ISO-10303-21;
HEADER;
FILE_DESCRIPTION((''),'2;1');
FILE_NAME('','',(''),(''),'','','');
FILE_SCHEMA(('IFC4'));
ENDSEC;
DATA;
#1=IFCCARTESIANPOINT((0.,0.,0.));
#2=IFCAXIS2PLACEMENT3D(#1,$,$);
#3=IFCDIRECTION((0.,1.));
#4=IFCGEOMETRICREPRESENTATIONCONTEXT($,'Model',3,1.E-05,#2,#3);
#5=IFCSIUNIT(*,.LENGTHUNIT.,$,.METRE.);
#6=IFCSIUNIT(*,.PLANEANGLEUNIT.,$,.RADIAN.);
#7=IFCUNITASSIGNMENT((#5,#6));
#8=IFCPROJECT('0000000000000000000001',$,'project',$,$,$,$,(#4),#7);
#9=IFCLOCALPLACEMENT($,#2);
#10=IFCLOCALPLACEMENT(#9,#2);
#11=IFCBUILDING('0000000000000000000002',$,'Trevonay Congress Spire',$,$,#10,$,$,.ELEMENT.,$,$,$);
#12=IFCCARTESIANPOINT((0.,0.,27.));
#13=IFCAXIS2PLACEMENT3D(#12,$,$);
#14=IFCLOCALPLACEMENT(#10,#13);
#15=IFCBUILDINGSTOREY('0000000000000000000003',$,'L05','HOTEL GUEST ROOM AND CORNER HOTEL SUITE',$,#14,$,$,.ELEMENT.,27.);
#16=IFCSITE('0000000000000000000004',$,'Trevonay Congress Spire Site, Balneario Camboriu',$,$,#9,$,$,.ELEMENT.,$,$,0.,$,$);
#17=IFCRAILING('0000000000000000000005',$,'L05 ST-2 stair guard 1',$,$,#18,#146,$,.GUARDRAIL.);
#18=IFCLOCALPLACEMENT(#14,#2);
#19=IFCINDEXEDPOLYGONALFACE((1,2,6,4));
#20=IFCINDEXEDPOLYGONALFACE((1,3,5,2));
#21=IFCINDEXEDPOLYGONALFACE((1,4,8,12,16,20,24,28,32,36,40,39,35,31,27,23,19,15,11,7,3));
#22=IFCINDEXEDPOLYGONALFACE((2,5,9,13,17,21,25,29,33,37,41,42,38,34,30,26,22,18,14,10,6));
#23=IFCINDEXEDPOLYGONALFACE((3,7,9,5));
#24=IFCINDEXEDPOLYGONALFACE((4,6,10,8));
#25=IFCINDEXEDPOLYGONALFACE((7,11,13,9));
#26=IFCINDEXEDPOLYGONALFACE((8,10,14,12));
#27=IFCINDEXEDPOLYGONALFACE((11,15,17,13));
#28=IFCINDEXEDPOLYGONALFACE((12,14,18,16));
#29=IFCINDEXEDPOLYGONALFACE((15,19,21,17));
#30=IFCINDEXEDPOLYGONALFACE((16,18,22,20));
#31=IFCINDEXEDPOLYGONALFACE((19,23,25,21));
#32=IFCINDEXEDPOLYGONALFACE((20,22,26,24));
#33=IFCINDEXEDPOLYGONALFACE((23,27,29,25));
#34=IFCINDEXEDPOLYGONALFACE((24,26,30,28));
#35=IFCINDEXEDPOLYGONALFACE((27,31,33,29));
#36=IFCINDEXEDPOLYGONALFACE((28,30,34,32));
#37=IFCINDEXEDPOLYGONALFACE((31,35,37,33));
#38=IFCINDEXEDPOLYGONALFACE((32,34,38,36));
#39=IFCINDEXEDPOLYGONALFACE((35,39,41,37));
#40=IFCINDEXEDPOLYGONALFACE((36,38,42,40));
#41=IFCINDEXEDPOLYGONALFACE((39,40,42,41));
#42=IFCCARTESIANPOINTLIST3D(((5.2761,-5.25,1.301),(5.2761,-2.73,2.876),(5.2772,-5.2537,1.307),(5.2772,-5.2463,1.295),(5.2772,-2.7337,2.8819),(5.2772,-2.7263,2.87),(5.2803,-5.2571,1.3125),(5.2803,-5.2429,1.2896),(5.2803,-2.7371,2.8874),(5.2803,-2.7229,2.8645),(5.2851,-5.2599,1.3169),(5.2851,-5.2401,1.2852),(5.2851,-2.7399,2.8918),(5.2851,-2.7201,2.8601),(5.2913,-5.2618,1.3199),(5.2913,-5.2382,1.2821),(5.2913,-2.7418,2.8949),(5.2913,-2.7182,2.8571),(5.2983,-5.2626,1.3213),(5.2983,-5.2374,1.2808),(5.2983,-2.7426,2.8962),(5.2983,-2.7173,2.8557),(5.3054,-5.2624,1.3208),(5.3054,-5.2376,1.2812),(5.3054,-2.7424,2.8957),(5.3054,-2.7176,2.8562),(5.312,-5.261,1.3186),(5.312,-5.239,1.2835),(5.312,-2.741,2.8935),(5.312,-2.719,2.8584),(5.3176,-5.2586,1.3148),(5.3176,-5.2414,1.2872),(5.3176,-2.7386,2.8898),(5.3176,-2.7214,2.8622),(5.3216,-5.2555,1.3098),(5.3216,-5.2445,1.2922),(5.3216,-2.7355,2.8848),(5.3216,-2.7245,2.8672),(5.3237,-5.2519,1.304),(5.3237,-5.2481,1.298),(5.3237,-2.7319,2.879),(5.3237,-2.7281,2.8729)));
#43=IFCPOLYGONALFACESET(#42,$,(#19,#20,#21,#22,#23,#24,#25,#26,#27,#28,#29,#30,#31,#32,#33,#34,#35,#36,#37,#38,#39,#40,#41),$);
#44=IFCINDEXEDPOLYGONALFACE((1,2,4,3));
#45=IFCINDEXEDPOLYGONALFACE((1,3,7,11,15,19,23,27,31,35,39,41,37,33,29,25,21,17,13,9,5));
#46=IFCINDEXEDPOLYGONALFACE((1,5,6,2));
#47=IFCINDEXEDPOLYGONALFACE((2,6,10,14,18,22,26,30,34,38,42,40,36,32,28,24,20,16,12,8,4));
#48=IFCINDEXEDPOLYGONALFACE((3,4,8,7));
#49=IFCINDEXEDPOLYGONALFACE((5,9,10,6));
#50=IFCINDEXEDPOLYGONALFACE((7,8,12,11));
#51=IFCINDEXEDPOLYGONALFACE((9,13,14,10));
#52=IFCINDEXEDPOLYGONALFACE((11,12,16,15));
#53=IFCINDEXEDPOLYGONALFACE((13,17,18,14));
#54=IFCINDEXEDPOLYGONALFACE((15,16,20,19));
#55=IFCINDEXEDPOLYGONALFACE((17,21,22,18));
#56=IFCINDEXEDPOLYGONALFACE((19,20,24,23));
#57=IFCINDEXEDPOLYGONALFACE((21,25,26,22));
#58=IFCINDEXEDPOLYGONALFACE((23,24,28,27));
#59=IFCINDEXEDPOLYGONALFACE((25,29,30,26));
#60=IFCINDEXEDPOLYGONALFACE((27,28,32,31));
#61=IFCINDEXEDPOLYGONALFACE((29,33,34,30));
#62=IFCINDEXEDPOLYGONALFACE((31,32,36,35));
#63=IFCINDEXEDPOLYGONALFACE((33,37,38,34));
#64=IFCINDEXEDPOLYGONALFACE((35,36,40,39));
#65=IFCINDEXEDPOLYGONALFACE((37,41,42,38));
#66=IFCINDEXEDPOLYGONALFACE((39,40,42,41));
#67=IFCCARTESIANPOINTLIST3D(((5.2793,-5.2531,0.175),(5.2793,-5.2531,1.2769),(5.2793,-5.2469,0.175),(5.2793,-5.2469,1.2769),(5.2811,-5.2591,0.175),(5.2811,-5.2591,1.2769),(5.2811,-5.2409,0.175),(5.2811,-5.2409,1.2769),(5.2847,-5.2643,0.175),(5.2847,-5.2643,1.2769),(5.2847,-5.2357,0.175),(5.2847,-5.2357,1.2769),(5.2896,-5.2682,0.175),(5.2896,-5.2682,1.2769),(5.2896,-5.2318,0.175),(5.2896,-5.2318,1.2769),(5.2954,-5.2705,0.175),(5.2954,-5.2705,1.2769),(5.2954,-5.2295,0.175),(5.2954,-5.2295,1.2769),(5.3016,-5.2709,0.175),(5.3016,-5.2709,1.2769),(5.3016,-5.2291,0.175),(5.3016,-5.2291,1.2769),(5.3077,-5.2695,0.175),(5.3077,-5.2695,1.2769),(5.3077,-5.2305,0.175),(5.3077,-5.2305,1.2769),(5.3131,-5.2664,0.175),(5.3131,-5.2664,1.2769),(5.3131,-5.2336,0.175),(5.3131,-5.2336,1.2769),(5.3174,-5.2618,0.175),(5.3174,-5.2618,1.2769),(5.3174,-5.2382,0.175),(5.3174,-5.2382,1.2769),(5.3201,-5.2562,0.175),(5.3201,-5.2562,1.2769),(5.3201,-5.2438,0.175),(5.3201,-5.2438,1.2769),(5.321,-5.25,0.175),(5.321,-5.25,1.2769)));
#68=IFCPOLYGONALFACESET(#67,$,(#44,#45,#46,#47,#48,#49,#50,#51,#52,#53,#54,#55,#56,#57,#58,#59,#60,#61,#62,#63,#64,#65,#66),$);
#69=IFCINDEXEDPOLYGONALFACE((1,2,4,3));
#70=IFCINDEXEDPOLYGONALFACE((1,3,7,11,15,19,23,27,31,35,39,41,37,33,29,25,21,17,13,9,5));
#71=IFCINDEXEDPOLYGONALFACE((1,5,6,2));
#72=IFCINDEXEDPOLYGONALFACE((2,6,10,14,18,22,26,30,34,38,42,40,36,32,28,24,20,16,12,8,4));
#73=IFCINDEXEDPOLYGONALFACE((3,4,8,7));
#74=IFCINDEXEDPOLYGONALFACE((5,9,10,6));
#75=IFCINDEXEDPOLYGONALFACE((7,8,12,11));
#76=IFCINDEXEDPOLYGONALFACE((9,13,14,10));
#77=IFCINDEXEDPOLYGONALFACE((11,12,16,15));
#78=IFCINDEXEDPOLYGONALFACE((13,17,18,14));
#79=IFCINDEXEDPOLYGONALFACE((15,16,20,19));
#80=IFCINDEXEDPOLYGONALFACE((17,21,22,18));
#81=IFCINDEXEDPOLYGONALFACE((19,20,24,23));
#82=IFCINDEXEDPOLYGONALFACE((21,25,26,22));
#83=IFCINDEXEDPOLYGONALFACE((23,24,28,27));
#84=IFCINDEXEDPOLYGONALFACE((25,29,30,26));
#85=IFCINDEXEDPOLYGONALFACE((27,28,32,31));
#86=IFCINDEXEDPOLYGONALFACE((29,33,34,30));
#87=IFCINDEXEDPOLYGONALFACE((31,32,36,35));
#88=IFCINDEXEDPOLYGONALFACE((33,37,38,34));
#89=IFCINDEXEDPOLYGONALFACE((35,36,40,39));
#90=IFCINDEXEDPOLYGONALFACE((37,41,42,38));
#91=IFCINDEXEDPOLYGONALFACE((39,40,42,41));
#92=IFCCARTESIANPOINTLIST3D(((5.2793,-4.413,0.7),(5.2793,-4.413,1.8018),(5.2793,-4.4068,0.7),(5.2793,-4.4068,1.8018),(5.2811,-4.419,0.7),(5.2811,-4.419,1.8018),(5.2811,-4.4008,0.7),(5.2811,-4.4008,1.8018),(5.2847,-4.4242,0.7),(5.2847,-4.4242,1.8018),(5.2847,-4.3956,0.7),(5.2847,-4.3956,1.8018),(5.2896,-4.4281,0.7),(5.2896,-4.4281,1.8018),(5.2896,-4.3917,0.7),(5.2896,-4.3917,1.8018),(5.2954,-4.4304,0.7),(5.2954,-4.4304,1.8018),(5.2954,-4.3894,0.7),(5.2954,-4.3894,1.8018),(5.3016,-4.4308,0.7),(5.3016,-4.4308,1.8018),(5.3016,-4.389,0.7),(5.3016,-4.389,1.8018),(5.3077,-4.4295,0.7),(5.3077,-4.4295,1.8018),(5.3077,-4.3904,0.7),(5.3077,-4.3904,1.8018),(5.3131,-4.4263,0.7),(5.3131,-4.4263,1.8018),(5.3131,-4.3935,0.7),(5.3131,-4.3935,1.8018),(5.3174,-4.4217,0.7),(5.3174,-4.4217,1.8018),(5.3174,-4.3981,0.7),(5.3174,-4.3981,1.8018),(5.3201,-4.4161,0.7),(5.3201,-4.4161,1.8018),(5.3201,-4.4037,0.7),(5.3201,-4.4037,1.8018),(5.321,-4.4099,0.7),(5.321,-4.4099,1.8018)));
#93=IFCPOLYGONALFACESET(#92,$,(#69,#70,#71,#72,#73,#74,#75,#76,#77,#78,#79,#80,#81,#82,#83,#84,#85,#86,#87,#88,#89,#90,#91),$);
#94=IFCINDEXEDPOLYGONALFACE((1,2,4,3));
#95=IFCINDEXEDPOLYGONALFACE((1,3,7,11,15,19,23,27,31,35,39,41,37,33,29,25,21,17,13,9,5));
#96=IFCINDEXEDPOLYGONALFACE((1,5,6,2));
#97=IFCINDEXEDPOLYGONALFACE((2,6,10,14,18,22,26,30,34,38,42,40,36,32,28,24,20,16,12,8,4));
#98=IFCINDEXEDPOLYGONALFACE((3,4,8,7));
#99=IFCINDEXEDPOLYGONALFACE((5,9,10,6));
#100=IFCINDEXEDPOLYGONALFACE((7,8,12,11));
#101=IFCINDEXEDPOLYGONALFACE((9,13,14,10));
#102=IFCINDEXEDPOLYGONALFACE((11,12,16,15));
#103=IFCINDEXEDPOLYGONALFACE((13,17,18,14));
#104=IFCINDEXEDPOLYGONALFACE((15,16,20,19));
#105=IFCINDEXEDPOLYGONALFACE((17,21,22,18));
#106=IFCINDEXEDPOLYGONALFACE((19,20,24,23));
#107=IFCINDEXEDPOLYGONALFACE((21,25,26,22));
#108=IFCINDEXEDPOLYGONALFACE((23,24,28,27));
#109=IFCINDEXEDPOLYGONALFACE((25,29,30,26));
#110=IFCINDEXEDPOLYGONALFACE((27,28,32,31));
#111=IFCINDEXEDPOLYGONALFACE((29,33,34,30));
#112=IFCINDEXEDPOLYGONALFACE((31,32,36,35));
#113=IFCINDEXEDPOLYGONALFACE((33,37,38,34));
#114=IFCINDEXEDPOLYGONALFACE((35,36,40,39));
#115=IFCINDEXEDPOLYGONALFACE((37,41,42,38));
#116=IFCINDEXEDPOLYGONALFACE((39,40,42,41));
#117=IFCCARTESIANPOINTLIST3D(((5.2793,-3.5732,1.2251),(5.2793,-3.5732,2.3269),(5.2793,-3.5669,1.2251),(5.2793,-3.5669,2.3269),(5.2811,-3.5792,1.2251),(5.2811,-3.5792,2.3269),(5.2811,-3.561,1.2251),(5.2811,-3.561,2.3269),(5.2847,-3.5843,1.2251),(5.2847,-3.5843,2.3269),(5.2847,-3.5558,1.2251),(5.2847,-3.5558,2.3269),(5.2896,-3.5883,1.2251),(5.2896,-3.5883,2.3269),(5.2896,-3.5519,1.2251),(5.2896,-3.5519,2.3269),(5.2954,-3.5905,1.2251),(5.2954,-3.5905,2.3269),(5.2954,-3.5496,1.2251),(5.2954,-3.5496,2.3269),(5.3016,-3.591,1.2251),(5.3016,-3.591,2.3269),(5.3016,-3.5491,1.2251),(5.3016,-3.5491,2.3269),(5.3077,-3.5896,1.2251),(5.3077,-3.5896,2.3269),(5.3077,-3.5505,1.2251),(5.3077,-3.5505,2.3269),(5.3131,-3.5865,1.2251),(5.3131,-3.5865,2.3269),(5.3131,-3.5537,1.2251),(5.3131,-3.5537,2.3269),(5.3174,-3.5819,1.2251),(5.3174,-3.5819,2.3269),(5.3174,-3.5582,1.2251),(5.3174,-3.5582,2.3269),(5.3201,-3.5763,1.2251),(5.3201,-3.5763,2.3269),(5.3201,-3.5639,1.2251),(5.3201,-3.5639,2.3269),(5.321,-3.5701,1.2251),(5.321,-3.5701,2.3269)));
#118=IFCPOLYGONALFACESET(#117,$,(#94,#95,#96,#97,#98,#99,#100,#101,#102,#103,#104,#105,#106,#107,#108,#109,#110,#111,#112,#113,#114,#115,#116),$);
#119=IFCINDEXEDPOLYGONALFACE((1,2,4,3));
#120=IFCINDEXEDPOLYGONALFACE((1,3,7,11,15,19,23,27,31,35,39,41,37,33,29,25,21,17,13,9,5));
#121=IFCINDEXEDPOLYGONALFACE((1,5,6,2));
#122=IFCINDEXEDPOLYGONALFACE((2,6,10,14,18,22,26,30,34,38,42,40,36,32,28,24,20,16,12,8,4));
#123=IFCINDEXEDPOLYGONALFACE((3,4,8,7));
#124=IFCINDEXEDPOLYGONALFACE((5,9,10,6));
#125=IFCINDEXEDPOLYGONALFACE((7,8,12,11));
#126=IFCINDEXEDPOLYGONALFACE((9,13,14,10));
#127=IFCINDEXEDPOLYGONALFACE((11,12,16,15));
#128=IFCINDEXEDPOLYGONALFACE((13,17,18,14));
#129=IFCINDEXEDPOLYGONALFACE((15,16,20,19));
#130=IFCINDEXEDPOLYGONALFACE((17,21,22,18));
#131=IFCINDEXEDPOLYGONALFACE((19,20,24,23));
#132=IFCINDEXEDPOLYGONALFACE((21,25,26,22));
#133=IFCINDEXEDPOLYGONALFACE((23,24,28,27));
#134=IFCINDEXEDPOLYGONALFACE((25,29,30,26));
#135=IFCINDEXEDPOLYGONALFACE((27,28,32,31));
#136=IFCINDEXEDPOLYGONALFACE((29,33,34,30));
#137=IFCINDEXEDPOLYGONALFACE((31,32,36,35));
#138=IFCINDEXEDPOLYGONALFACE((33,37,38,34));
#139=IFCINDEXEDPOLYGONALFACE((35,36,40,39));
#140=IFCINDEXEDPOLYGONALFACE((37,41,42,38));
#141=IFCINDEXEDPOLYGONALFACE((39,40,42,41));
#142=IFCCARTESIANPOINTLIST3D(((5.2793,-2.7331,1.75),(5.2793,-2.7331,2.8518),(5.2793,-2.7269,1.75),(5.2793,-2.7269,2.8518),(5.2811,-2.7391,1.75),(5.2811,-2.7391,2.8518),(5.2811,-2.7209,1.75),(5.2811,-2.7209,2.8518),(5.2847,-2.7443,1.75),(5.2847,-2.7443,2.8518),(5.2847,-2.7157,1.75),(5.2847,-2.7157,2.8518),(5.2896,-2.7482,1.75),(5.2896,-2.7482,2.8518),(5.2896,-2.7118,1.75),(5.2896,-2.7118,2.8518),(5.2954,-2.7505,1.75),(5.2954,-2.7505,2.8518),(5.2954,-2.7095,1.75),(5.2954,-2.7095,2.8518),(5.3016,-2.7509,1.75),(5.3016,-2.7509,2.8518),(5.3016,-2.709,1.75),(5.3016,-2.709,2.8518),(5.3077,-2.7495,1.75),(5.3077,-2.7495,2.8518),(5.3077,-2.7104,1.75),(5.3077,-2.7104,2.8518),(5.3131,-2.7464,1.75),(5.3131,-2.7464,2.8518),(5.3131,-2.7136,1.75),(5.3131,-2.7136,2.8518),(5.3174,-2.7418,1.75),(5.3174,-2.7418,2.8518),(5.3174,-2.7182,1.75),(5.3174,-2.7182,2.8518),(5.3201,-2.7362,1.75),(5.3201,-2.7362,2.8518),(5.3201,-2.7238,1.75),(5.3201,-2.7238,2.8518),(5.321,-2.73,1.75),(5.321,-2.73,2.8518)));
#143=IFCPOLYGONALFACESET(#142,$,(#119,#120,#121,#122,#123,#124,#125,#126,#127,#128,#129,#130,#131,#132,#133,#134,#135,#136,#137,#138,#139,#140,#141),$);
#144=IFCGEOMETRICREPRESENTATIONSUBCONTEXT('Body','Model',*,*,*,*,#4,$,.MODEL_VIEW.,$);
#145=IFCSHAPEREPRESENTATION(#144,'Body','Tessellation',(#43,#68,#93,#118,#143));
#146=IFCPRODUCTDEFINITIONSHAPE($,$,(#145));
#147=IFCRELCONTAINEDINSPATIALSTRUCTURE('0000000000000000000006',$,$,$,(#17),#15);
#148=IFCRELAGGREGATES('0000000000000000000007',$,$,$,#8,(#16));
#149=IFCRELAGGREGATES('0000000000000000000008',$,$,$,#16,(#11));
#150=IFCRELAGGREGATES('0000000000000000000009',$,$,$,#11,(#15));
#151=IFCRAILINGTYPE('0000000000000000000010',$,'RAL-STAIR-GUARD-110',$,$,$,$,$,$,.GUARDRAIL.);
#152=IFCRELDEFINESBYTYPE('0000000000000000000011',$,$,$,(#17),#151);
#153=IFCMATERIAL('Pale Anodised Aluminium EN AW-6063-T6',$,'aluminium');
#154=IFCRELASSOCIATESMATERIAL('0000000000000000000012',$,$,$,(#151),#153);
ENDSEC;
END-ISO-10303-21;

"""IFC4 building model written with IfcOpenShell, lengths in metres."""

from ifc_helpers import new_model, si_unit, direction, frame, origin, origin_2d, place, context, subcontext, project, spatial, circle, extrude, material, type_object, element, save


model = new_model("IFC4")

# Units and contexts
model_context = context("Model", 3, precision=1e-05, world=origin(), true_north=direction((0.0, 1.0)))
body_context = subcontext(model_context, "Body", "Model", "MODEL_VIEW")
ifc_project = project(units=[si_unit("LENGTHUNIT", "METRE"), si_unit("PLANEANGLEUNIT", "RADIAN")], contexts=[model_context])

# Site, building, storey
site_placement = place(None, origin())
site = spatial("IfcSite", under=ifc_project, at=site_placement, Name="Trevonay Congress Spire Site, Balneario Camboriu", CompositionType="ELEMENT", RefElevation=0.0)
building_placement = place(site_placement, origin())
building = spatial("IfcBuilding", under=site, at=building_placement, Name="Trevonay Congress Spire", CompositionType="ELEMENT")
storey_placement = place(building_placement, frame((0.0, 0.0, 27.0)))
storey = spatial("IfcBuildingStorey", under=building, at=storey_placement, Name="L05", Description="HOTEL GUEST ROOM AND CORNER HOTEL SUITE", CompositionType="ELEMENT", Elevation=27.0)

# Shared definitions
ifc_material_1 = material(Name="Pale Anodised Aluminium EN AW-6063-T6", Category="aluminium")

# Railing
railing_type_1 = type_object("IfcRailingType", Name="RAL-STAIR-GUARD-110", PredefinedType="GUARDRAIL", material=ifc_material_1)
railing_1_placement = place(storey_placement, frame((5.3, -5.25, 0.175)))
element("IfcRailing", 1, at=railing_1_placement, inside=storey, type_object=railing_type_1, Name="L05 ST-2 stair guard 1", PredefinedType="GUARDRAIL", context=body_context, shape_type="SweptSolid", body=[
    extrude(circle(Radius=0.0239, at=origin_2d()), frame((0.0, 0.0, 1.126), z_axis=(0.0, 0.848008, 0.529984), x_axis=(-1.0, 0.0, 0.0)), (0.0, 0.0, 1.0), 2.9717),
    extrude(circle(Radius=0.021, at=origin_2d()), origin(), (0.0, 0.0, 1.0), 1.1018),
    extrude(circle(Radius=0.021, at=origin_2d()), frame((0.0, 0.8401, 0.5249)), (0.0, 0.0, 1.0), 1.1018),
    extrude(circle(Radius=0.021, at=origin_2d()), frame((0.0, 1.6799, 1.05)), (0.0, 0.0, 1.0), 1.1018),
    extrude(circle(Radius=0.021, at=origin_2d()), frame((0.0, 2.52, 1.575)), (0.0, 0.0, 1.0), 1.1018),
])

save(model, "model.ifc")
